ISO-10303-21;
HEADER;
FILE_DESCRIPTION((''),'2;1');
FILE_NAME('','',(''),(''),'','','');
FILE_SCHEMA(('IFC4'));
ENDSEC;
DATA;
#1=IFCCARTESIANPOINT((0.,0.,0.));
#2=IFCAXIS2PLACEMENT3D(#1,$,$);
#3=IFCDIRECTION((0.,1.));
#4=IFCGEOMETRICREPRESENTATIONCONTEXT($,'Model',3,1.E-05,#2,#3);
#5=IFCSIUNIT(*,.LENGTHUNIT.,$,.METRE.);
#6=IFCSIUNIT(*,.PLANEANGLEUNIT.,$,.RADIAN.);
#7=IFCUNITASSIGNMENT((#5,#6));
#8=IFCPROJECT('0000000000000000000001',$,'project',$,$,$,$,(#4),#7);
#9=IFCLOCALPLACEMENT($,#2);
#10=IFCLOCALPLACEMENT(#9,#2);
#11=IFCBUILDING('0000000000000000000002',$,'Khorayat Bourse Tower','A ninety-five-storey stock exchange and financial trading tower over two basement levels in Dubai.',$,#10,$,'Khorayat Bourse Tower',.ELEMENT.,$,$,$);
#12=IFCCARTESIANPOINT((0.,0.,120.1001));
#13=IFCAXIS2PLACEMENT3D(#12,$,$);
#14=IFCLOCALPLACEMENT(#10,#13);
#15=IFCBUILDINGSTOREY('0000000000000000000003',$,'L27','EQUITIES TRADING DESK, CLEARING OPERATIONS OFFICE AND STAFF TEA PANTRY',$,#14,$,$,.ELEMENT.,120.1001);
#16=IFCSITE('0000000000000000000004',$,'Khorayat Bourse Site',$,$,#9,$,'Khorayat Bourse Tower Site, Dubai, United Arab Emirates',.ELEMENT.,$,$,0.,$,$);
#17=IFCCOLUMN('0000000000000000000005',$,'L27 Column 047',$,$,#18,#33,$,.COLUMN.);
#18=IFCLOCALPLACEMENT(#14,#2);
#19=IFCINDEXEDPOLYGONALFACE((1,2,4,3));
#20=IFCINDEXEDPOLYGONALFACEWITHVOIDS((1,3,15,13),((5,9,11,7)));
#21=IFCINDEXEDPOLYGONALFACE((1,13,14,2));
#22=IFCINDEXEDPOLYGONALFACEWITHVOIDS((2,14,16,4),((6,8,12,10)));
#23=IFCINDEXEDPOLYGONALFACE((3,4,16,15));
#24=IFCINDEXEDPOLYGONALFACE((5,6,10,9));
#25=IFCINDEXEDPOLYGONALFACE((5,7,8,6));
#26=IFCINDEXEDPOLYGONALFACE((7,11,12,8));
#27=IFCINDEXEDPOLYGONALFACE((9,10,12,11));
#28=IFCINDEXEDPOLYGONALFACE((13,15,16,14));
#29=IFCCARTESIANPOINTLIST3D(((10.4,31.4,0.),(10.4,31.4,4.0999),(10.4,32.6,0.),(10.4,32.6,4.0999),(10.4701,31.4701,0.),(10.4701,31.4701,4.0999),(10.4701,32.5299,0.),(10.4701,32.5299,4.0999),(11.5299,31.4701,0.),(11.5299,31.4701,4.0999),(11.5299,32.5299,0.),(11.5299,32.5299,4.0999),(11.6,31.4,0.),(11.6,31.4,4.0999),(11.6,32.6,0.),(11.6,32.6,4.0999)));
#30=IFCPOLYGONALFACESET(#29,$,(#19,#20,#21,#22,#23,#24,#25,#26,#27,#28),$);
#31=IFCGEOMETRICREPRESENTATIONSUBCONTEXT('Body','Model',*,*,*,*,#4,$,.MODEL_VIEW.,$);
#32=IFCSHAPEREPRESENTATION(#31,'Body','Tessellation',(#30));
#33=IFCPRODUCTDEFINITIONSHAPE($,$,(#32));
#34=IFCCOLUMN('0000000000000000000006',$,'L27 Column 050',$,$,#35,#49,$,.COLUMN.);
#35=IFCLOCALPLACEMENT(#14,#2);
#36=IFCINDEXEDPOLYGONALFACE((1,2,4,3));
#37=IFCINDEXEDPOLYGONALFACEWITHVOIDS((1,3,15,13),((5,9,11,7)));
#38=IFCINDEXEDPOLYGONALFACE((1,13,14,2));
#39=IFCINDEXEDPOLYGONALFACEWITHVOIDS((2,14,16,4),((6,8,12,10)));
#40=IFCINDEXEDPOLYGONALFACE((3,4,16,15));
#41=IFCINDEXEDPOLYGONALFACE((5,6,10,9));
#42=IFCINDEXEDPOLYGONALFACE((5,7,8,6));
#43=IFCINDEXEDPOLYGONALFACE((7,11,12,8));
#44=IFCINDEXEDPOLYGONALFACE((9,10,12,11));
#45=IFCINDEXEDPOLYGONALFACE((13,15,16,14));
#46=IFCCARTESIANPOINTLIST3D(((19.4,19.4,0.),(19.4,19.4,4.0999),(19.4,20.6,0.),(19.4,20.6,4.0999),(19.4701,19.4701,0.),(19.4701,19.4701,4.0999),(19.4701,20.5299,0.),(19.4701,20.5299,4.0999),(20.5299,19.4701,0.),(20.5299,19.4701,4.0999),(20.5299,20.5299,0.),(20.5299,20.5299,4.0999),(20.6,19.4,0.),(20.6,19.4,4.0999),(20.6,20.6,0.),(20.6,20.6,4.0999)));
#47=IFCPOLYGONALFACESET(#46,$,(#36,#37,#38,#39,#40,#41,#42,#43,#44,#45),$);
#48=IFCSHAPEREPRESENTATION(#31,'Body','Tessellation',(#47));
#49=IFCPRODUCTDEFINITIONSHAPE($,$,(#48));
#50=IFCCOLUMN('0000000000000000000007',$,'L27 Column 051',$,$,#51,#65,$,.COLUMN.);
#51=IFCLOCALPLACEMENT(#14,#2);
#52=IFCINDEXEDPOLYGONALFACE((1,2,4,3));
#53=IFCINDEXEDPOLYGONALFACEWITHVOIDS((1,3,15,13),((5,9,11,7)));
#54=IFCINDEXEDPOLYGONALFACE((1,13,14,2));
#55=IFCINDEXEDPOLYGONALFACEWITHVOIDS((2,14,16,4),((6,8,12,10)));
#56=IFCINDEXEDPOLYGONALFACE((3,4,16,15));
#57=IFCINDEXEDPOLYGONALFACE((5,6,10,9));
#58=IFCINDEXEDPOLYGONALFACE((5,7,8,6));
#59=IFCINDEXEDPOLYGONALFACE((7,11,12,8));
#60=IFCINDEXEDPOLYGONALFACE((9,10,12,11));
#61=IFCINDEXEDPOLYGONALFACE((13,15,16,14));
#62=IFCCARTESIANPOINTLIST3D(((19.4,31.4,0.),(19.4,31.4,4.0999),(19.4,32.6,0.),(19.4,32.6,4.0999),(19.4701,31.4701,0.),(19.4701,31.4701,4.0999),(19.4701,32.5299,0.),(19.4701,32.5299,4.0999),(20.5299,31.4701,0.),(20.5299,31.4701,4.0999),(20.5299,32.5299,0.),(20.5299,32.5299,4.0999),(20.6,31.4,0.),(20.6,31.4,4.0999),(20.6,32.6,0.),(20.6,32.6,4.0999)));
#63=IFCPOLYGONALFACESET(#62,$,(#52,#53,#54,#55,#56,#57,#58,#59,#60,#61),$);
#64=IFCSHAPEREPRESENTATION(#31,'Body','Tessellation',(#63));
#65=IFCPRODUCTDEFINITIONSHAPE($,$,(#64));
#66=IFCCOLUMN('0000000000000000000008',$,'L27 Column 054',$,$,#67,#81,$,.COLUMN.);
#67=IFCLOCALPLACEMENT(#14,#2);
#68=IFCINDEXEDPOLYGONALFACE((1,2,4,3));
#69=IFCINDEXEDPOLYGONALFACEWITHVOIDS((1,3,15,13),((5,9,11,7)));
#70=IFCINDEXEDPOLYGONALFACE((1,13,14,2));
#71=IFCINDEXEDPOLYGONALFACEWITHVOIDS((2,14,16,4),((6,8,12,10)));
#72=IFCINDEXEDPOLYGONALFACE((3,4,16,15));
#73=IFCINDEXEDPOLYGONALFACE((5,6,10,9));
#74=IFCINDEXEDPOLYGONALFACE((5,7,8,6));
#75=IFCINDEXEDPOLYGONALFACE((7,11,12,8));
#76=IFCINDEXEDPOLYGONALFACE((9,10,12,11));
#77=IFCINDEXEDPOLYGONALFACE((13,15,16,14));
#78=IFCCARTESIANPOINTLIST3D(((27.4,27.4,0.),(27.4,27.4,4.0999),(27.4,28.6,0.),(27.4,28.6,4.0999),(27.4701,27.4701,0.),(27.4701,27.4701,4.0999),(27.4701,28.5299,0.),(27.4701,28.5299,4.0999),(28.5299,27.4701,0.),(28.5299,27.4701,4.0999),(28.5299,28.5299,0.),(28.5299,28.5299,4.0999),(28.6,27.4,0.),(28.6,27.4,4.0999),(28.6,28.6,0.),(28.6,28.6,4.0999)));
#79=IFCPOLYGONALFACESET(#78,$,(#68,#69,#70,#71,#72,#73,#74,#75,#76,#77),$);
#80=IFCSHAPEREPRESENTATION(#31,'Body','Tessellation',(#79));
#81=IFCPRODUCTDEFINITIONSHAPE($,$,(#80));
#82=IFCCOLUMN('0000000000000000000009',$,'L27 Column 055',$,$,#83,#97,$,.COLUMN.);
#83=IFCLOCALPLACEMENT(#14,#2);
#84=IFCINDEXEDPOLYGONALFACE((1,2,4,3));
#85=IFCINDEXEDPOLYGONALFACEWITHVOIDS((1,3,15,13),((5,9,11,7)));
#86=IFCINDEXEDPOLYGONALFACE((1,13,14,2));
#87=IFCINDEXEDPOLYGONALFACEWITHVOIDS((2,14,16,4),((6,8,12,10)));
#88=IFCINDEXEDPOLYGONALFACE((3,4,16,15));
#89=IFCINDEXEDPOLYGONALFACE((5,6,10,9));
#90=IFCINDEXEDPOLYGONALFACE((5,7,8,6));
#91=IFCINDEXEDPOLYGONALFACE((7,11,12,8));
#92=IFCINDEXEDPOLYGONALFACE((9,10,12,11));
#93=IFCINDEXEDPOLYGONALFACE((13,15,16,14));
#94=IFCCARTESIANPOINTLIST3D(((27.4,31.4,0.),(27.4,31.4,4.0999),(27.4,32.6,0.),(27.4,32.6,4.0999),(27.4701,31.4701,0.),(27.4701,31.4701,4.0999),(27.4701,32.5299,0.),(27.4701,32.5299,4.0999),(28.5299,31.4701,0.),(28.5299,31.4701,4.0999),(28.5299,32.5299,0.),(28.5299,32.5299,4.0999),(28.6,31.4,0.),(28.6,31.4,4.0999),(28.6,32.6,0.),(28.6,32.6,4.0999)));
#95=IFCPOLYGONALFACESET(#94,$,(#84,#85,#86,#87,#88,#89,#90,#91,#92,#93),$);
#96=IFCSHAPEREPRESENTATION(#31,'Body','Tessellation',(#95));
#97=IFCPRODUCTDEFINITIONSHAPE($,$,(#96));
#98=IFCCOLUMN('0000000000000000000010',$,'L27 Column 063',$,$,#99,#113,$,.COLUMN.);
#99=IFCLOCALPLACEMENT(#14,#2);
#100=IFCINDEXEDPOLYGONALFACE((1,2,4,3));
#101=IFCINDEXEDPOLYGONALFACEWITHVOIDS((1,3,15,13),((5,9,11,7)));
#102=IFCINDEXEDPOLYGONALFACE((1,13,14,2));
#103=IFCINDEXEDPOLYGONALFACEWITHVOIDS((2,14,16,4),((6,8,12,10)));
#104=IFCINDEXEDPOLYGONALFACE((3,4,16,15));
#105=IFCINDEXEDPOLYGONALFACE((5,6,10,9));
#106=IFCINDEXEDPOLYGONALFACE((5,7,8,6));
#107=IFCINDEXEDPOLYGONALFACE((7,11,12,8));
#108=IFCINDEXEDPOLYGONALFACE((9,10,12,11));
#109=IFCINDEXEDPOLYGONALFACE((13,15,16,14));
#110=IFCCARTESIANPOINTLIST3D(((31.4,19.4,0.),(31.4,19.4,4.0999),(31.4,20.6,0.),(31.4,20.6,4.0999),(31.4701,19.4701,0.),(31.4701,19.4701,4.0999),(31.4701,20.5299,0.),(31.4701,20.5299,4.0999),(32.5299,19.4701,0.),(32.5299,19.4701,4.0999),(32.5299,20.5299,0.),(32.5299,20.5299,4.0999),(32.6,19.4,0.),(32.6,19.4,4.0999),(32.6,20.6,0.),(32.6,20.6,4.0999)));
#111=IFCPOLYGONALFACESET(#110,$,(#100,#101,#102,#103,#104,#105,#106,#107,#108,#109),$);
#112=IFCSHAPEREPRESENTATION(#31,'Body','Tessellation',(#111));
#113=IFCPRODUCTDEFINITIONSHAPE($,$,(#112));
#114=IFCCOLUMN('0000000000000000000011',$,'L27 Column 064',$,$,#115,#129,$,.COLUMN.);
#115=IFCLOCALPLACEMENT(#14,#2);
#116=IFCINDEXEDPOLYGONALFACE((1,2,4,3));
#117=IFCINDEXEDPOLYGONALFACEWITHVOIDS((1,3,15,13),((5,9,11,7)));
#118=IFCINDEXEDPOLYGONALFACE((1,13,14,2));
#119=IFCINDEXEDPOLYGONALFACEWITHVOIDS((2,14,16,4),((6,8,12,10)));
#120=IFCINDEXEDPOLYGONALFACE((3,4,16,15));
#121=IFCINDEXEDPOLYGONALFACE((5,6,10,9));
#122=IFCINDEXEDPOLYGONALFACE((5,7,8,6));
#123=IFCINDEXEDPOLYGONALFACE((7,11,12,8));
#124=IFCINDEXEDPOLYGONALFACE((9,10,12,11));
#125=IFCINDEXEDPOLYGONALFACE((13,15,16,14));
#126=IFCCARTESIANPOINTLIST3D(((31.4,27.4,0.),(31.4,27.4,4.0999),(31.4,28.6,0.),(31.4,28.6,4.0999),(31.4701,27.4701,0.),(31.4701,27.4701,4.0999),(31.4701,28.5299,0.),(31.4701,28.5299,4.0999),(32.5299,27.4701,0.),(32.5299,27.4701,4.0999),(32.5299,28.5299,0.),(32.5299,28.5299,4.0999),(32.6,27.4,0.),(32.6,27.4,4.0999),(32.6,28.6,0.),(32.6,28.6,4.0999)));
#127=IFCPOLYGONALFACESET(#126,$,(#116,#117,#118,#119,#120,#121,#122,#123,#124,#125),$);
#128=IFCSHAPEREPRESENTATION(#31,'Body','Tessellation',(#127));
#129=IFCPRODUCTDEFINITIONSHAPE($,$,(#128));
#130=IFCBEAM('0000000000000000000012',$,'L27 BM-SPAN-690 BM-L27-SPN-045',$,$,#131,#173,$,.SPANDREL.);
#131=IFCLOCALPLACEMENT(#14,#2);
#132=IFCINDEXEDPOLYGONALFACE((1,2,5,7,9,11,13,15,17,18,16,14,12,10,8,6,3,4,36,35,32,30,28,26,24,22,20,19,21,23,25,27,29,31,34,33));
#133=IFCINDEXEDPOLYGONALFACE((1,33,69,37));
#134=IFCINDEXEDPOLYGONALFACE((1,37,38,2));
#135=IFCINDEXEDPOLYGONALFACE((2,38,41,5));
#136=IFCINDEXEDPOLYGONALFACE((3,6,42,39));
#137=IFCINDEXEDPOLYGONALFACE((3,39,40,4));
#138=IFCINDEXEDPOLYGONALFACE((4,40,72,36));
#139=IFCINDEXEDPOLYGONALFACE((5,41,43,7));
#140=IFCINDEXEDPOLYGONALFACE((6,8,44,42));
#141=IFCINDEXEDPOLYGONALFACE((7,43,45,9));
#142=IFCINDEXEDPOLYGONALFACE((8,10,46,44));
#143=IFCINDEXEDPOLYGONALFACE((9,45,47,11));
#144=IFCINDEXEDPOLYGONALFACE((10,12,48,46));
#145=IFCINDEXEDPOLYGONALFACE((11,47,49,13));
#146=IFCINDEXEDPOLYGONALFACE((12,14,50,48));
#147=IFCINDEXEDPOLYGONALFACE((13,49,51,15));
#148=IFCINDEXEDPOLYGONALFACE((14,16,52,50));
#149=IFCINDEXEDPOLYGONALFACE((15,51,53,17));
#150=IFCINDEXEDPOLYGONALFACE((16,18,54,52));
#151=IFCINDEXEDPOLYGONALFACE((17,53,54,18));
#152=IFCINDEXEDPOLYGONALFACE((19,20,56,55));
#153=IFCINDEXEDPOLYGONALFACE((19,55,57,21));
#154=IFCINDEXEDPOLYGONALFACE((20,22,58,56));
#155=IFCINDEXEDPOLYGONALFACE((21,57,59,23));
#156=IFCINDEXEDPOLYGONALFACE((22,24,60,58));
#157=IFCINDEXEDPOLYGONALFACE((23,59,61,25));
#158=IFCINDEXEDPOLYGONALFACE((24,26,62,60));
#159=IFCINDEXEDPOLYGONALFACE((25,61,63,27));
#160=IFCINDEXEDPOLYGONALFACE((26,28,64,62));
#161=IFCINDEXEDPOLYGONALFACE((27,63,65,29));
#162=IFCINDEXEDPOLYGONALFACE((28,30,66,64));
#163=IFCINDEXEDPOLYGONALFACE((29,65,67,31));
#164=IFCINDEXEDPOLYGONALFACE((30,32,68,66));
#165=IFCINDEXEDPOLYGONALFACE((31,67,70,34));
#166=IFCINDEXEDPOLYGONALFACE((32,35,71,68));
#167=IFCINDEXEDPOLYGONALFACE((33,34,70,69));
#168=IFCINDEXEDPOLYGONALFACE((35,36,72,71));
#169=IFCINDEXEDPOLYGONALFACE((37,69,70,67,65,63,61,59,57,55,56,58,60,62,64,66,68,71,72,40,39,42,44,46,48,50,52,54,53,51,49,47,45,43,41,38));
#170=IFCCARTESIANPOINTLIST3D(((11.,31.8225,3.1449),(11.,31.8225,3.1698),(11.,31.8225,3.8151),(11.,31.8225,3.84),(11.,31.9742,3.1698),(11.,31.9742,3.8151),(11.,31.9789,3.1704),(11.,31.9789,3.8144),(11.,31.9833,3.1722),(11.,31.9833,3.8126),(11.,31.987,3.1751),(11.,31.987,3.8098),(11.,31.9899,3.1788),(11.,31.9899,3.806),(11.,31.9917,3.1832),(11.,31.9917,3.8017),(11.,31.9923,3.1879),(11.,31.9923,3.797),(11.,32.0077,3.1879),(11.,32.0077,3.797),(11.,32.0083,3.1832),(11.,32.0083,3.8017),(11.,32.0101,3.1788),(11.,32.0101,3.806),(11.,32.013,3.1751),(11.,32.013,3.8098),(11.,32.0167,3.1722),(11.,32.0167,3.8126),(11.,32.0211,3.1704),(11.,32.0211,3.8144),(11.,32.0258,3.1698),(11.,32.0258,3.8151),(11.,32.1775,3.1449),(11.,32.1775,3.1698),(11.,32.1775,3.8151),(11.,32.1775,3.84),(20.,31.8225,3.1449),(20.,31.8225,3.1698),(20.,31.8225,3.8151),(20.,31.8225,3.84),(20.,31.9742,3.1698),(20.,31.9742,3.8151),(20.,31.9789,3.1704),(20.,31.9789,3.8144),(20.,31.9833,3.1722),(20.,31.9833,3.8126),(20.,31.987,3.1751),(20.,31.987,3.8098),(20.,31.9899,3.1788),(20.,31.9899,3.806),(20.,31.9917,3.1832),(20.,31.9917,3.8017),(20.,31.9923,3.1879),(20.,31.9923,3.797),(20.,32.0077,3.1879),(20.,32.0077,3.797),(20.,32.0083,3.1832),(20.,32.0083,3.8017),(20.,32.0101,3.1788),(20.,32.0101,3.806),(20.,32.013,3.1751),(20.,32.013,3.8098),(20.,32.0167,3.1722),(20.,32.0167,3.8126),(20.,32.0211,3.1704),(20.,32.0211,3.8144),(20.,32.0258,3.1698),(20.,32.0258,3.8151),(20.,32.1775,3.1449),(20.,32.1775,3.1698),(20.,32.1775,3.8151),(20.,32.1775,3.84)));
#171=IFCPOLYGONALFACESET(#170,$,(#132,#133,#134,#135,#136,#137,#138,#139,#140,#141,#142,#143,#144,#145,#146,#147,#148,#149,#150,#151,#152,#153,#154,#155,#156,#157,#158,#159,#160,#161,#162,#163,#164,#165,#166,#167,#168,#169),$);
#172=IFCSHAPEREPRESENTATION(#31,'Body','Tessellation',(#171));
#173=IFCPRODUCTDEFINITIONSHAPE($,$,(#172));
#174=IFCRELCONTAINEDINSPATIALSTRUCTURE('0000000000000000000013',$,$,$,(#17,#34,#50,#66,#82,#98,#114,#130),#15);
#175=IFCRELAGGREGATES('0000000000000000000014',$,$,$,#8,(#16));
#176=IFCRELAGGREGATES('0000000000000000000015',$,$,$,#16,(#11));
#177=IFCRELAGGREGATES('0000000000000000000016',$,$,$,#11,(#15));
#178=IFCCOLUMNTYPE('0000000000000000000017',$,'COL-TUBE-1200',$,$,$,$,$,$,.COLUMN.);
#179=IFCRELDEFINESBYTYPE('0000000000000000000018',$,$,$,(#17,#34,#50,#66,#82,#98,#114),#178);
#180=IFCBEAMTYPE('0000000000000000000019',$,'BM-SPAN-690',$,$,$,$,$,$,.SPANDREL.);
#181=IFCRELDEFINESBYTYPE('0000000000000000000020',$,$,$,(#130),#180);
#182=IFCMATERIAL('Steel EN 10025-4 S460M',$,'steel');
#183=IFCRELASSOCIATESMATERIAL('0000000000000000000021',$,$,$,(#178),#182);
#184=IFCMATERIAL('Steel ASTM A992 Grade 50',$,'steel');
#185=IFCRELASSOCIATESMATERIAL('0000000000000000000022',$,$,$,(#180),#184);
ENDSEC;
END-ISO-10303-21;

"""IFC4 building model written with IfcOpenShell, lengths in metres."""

from ifc_helpers import new_model, si_unit, direction, frame, origin, origin_2d, place, context, subcontext, project, spatial, hollow_rectangle, i_section, extrude, source, transform, mapped, material, material_profile, profile_set, type_object, element, save


model = new_model("IFC4")

# Units and contexts
model_context = context("Model", 3, precision=1e-05, world=origin(), true_north=direction((0.0, 1.0)))
body_context = subcontext(model_context, "Body", "Model", "MODEL_VIEW")
ifc_project = project(units=[si_unit("LENGTHUNIT", "METRE"), si_unit("PLANEANGLEUNIT", "RADIAN")], contexts=[model_context])

# Site, building, storey
site_placement = place(None, origin())
site = spatial("IfcSite", under=ifc_project, at=site_placement, Name="Khorayat Bourse Site", LongName="Khorayat Bourse Tower Site, Dubai, United Arab Emirates", CompositionType="ELEMENT", RefElevation=0.0)
building_placement = place(site_placement, origin())
building = spatial("IfcBuilding", under=site, at=building_placement, Name="Khorayat Bourse Tower", Description="A ninety-five-storey stock exchange and financial trading tower over two basement levels in Dubai.", LongName="Khorayat Bourse Tower", CompositionType="ELEMENT")
storey_placement = place(building_placement, frame((0.0, 0.0, 120.1001)))
storey = spatial("IfcBuildingStorey", under=building, at=storey_placement, Name="L27", Description="EQUITIES TRADING DESK, CLEARING OPERATIONS OFFICE AND STAFF TEA PANTRY", CompositionType="ELEMENT", Elevation=120.1001)

# Columns
ifc_material_1 = material(Name="Steel EN 10025-4 S460M", Category="steel")
ifc_material_profile_1 = material_profile(ifc_material_1, hollow_rectangle(XDim=1.2, YDim=1.2, WallThickness=0.0701, at=origin_2d()), Name="BOX 1200x1200x70")
ifc_profile_set_1 = profile_set([ifc_material_profile_1], Name="Steel EN 10025-4 S460M")
column_type = type_object("IfcColumnType", Name="COL-TUBE-1200", PredefinedType="COLUMN", material=ifc_profile_set_1)
shared_shape_1 = source(origin(), body_context, "Body", "SweptSolid", [
    extrude(hollow_rectangle(XDim=1.2, YDim=1.2, WallThickness=0.0701, at=origin_2d()), origin(), (0.0, 0.0, 1.0), 4.0999),
])
for number, where, z_axis, x_axis, name in (
    (1, (11.0, 32.0, 0.0), (0.0, 0.0, 1.0), (1.0, 0.0, 0.0), "L27 Column 047"),
    (2, (20.0, 20.0, 0.0), (0.0, 0.0, 1.0), (1.0, 0.0, 0.0), "L27 Column 050"),
    (3, (20.0, 32.0, 0.0), (0.0, 0.0, 1.0), (1.0, 0.0, 0.0), "L27 Column 051"),
    (4, (28.0, 28.0, 0.0), (0.0, 0.0, 1.0), (1.0, 0.0, 0.0), "L27 Column 054"),
    (5, (28.0, 32.0, 0.0), (0.0, 0.0, 1.0), (1.0, 0.0, 0.0), "L27 Column 055"),
    (6, (32.0, 20.0, 0.0), (0.0, 0.0, 1.0), (1.0, 0.0, 0.0), "L27 Column 063"),
    (7, (32.0, 28.0, 0.0), (0.0, 0.0, 1.0), (1.0, 0.0, 0.0), "L27 Column 064"),
):
    element("IfcColumn", number, at=place(storey_placement, frame(where, z_axis=z_axis, x_axis=x_axis)), inside=storey, type_object=column_type, Name=name, PredefinedType="COLUMN", context=body_context, shape_type="MappedRepresentation", body=[
        mapped(shared_shape_1, transform((0.0, 0.0, 0.0), scale=1.0)),
    ])

# Beam
ifc_material_2 = material(Name="Steel ASTM A992 Grade 50", Category="steel")
ifc_material_profile_2 = material_profile(ifc_material_2, i_section(OverallWidth=0.355, OverallDepth=0.6951, WebThickness=0.0154, FlangeThickness=0.0249, FilletRadius=0.0181, at=origin_2d()), Name="W690X217")
ifc_profile_set_2 = profile_set([ifc_material_profile_2], Name="Steel ASTM A992 Grade 50")
beam_type_1 = type_object("IfcBeamType", Name="BM-SPAN-690", PredefinedType="SPANDREL", material=ifc_profile_set_2)
shared_shape_2 = source(origin(), body_context, "Body", "SweptSolid", [
    extrude(i_section(OverallWidth=0.355, OverallDepth=0.6951, WebThickness=0.0154, FlangeThickness=0.0249, FilletRadius=0.0181, at=origin_2d()), origin(), (0.0, 0.0, 1.0), 9.0),
])
beam_1_placement = place(storey_placement, frame((11.0, 32.0, 3.4924), z_axis=(1.0, 0.0, 0.0), x_axis=(0.0, 1.0, 0.0)))
element("IfcBeam", 8, at=beam_1_placement, inside=storey, type_object=beam_type_1, Name="L27 BM-SPAN-690 BM-L27-SPN-045", PredefinedType="SPANDREL", context=body_context, shape_type="MappedRepresentation", body=[
    mapped(shared_shape_2, transform((0.0, 0.0, 0.0), scale=1.0)),
])

save(model, "model.ifc")
